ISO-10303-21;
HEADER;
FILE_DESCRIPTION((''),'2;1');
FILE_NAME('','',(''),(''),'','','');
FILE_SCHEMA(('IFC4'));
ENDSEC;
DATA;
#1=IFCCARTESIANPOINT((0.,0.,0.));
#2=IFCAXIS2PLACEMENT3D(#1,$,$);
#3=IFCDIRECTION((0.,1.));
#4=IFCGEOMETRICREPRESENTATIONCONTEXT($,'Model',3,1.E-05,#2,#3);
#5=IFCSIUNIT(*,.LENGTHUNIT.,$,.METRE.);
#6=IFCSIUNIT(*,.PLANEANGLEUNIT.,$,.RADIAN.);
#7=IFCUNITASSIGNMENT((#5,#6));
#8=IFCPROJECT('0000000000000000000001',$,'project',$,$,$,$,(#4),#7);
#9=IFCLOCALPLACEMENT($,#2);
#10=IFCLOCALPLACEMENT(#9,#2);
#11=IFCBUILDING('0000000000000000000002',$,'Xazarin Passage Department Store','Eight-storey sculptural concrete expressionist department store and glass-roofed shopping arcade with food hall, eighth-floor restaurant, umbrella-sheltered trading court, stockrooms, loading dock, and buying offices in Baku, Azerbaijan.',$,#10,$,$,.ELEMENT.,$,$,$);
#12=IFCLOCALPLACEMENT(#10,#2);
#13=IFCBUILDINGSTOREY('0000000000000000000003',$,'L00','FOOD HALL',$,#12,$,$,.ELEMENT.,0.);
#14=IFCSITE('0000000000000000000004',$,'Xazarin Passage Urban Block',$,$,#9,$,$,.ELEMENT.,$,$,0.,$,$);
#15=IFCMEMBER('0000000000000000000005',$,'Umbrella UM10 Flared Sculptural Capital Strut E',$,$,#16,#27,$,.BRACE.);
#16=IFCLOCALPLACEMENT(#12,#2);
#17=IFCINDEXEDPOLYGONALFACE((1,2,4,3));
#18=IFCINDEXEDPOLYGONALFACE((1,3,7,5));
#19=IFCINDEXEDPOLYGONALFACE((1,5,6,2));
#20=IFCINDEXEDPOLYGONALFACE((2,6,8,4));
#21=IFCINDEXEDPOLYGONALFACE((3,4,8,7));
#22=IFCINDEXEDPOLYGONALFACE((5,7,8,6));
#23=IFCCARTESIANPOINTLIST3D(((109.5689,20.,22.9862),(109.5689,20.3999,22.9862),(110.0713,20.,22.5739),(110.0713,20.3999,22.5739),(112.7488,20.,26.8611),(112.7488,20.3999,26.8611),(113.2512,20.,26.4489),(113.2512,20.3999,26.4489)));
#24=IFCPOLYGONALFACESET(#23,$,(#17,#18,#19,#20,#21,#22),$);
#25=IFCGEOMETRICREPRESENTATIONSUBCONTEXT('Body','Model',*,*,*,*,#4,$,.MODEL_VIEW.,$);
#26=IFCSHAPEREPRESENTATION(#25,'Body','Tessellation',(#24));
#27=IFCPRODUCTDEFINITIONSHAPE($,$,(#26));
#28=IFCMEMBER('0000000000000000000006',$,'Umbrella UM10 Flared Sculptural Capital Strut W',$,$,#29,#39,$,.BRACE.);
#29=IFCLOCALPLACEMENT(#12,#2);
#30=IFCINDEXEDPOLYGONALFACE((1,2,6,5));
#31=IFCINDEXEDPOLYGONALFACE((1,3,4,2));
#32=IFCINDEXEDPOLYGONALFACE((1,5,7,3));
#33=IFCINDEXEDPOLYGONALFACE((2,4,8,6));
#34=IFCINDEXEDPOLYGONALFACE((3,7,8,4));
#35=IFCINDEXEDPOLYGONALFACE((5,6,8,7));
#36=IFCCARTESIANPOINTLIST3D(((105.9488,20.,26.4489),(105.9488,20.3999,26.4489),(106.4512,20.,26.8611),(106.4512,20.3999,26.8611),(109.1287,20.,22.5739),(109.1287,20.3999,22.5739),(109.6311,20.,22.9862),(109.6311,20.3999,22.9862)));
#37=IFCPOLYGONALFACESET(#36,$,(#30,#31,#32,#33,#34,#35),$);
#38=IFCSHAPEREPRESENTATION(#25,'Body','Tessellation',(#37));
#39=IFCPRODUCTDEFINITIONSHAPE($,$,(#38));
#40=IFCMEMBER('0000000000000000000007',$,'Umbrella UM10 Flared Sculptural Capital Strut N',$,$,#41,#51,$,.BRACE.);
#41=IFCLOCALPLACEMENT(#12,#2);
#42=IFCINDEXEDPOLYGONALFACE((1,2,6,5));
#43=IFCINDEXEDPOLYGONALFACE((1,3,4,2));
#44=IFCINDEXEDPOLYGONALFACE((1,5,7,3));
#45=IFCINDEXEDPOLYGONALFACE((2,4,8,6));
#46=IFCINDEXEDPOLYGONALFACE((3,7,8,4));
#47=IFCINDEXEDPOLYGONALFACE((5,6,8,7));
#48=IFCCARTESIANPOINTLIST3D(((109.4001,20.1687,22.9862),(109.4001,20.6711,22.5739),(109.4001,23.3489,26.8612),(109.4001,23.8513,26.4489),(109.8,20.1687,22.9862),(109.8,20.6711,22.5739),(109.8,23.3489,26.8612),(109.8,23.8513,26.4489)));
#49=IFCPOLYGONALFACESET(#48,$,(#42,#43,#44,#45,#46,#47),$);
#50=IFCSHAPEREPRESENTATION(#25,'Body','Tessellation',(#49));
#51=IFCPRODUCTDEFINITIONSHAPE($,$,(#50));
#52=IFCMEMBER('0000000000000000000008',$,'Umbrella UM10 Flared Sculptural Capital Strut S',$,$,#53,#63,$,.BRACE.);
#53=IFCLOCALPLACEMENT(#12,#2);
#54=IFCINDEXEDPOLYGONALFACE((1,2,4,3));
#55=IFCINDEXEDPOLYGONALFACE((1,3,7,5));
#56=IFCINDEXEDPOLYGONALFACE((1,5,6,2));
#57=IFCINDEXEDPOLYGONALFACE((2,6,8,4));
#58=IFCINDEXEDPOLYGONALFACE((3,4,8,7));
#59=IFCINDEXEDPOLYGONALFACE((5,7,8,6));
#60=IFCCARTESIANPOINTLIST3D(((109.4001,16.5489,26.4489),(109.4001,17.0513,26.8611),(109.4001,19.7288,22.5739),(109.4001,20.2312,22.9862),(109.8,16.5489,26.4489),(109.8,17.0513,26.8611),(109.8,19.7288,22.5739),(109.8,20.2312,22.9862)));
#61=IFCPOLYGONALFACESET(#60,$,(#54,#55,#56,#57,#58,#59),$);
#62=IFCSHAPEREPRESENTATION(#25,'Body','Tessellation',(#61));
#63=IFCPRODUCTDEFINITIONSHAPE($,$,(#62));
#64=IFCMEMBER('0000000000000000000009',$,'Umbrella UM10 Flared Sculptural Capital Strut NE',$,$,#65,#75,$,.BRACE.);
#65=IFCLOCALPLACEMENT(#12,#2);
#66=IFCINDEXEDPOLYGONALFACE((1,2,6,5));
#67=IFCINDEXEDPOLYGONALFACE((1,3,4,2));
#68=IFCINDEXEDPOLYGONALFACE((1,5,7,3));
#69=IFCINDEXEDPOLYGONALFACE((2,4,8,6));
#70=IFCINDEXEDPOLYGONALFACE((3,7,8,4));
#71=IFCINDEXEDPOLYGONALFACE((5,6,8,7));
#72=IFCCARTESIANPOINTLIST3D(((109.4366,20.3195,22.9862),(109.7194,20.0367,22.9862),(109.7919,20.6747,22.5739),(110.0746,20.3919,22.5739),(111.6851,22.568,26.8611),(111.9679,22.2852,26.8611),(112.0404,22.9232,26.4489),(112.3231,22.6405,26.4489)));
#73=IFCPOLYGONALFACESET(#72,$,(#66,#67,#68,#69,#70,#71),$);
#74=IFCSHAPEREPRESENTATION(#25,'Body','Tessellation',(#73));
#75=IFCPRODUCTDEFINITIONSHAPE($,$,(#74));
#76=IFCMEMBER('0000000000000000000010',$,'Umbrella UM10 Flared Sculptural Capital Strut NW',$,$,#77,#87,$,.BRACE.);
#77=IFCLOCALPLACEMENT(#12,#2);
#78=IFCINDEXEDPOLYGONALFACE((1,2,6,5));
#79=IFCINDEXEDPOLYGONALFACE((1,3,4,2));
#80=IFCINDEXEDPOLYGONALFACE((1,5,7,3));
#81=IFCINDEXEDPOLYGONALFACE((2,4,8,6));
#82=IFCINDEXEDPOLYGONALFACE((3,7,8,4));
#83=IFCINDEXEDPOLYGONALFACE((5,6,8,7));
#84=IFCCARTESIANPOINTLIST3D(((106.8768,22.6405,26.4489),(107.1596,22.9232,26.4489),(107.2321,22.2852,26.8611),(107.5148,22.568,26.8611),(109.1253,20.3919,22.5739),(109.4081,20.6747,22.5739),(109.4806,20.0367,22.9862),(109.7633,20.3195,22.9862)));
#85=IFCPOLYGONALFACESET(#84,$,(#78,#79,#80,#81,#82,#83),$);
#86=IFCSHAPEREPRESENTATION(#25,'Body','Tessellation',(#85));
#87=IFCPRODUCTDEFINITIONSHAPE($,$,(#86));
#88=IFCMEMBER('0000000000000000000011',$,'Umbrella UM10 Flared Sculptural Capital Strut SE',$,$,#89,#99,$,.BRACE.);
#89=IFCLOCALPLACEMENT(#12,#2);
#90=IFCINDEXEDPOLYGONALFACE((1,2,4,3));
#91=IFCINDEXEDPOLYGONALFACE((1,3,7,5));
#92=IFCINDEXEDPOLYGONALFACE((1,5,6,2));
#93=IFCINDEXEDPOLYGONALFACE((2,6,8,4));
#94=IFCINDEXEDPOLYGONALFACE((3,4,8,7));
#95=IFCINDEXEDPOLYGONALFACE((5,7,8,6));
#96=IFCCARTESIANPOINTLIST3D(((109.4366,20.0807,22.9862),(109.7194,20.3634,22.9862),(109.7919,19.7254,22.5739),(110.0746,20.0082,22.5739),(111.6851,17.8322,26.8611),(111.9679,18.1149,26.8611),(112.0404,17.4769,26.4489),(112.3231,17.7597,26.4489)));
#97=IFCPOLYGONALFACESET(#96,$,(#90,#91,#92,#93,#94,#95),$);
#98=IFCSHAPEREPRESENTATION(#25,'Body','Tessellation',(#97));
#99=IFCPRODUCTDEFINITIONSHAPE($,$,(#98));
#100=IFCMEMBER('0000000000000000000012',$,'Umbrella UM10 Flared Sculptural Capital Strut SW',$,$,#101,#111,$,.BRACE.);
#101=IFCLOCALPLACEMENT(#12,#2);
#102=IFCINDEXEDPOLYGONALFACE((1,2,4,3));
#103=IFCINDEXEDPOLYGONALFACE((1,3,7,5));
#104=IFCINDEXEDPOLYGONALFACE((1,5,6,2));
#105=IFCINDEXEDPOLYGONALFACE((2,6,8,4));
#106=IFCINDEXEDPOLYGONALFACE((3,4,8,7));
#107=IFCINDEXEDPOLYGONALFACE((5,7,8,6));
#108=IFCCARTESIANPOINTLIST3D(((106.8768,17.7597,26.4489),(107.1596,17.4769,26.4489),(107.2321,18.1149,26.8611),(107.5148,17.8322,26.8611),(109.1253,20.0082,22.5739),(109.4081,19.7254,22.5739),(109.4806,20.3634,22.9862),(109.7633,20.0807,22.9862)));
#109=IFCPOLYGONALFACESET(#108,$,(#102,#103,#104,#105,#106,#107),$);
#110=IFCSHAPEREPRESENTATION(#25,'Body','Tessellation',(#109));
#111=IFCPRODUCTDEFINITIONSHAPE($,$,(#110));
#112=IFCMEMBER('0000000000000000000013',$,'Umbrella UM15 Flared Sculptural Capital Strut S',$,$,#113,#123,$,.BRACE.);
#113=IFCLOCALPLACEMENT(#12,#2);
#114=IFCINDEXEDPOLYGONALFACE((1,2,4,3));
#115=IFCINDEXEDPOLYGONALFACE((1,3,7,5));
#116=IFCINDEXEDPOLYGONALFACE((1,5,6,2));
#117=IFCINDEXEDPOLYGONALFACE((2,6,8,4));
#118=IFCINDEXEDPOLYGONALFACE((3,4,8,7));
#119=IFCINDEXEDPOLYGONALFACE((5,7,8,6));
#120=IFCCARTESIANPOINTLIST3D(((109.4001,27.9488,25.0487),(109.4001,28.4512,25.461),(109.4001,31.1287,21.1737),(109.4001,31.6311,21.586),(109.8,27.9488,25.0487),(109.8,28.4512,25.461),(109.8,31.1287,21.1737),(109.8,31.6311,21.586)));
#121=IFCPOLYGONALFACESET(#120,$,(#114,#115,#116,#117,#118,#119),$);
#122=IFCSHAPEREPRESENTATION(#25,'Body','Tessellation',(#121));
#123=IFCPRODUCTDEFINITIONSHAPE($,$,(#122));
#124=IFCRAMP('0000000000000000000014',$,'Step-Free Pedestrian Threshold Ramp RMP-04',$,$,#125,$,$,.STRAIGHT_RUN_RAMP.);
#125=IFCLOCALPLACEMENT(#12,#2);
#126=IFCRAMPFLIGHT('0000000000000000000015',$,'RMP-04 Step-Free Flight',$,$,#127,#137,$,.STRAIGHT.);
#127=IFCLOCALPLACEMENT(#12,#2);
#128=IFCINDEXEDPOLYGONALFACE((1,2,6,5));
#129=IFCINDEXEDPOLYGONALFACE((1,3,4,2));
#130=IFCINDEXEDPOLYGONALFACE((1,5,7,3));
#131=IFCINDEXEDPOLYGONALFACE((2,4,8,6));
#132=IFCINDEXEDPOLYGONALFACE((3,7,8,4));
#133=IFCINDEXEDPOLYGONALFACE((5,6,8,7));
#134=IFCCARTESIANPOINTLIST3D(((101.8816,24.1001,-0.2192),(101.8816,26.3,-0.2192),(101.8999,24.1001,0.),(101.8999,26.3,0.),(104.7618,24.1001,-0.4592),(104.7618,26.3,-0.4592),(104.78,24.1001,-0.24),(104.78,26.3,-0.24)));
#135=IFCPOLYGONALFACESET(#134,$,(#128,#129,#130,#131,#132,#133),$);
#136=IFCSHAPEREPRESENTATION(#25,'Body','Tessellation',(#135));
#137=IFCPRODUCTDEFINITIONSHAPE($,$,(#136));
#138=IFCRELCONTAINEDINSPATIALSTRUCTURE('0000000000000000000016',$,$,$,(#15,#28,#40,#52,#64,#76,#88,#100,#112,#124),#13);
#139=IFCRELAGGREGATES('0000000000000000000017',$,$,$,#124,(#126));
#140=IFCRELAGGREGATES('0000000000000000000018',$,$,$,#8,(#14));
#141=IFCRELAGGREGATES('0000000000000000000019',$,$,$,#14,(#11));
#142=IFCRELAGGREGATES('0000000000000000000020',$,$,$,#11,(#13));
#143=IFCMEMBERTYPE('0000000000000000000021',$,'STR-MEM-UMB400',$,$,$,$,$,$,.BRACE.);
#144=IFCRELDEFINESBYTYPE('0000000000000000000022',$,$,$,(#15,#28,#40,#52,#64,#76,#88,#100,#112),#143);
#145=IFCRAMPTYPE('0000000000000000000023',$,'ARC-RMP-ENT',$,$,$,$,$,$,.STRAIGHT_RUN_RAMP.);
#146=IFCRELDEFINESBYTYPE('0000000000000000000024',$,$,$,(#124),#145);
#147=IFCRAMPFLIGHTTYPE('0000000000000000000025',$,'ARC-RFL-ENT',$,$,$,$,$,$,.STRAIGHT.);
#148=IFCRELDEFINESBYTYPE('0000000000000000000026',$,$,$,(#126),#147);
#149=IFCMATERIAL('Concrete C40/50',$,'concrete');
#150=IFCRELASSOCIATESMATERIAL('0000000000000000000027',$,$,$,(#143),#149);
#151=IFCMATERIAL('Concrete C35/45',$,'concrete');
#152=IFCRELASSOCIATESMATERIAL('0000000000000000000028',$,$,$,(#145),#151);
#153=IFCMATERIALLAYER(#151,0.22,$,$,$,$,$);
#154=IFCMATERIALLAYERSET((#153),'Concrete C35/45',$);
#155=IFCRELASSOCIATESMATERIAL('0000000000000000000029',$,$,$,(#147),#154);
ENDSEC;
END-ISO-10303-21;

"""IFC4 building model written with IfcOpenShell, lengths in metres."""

from ifc_helpers import new_model, si_unit, direction, frame, origin, origin_2d, place, context, subcontext, project, spatial, polyline, rectangle, outline, extrude, material, layer, layer_set, material_profile, profile_set, type_object, element, aggregate, save


model = new_model("IFC4")

# Units and contexts
model_context = context("Model", 3, precision=1e-05, world=origin(), true_north=direction((0.0, 1.0)))
body_context = subcontext(model_context, "Body", "Model", "MODEL_VIEW")
ifc_project = project(units=[si_unit("LENGTHUNIT", "METRE"), si_unit("PLANEANGLEUNIT", "RADIAN")], contexts=[model_context])

# Site, building, storey
site_placement = place(None, origin())
site = spatial("IfcSite", under=ifc_project, at=site_placement, Name="Xazarin Passage Urban Block", CompositionType="ELEMENT", RefElevation=0.0)
building_placement = place(site_placement, origin())
building = spatial("IfcBuilding", under=site, at=building_placement, Name="Xazarin Passage Department Store", Description="Eight-storey sculptural concrete expressionist department store and glass-roofed shopping arcade with food hall, eighth-floor restaurant, umbrella-sheltered trading court, stockrooms, loading dock, and buying offices in Baku, Azerbaijan.", CompositionType="ELEMENT")
storey_placement = place(building_placement, origin())
storey = spatial("IfcBuildingStorey", under=building, at=storey_placement, Name="L00", Description="FOOD HALL", CompositionType="ELEMENT", Elevation=0.0)

# Shared definitions
ifc_material_1 = material(Name="Concrete C35/45", Category="concrete")

# Shared definitions
ifc_material_2 = material(Name="Concrete C40/50", Category="concrete")

# Members
ifc_material_profile_1 = material_profile(ifc_material_2, rectangle(XDim=0.3999, YDim=0.6499, at=origin_2d()), Name="RC 400x650")
ifc_profile_set_1 = profile_set([ifc_material_profile_1], Name="Concrete C40/50")
member_type = type_object("IfcMemberType", Name="STR-MEM-UMB400", PredefinedType="BRACE", material=ifc_profile_set_1)
for number, where, z_axis, x_axis, name in (
    (1, (109.8201, 20.2, 22.78), (0.63437, 0.0, 0.77303), (0.0, 1.0, 0.0), "Umbrella UM10 Flared Sculptural Capital Strut E"),
    (2, (109.3799, 20.2, 22.78), (-0.63437, 0.0, 0.77303), (0.0, -1.0, 0.0), "Umbrella UM10 Flared Sculptural Capital Strut W"),
):
    element("IfcMember", number, at=place(storey_placement, frame(where, z_axis=z_axis, x_axis=x_axis)), inside=storey, type_object=member_type, Name=name, PredefinedType="BRACE", context=body_context, shape_type="SweptSolid", body=[
        extrude(rectangle(XDim=0.3999, YDim=0.6499, at=origin_2d()), origin(), (0.0, 0.0, 1.0), 5.0127),
    ])
member_placement = place(storey_placement, frame((109.6001, 20.4199, 22.78), z_axis=(0.0, 0.634399, 0.773006), x_axis=(-1.0, 0.0, 0.0)))
element("IfcMember", 3, at=member_placement, inside=storey, type_object=member_type, Name="Umbrella UM10 Flared Sculptural Capital Strut N", PredefinedType="BRACE", context=body_context, shape_type="SweptSolid", body=[
    extrude(rectangle(XDim=0.3999, YDim=0.6499, at=origin_2d()), origin(), (0.0, 0.0, 1.0), 5.0129),
])
for number, where, z_axis, x_axis, name in (
    (4, (109.6001, 19.98, 22.78), (0.0, -0.63437, 0.77303), (1.0, 0.0, 0.0), "Umbrella UM10 Flared Sculptural Capital Strut S"),
    (5, (109.7556, 20.3557, 22.78), (0.448565, 0.448565, 0.773032), (-0.707107, 0.707107, 0.0), "Umbrella UM10 Flared Sculptural Capital Strut NE"),
    (6, (109.4443, 20.3557, 22.78), (-0.448565, 0.448565, 0.773032), (-0.707107, -0.707107, 0.0), "Umbrella UM10 Flared Sculptural Capital Strut NW"),
    (7, (109.7556, 20.0444, 22.78), (0.448565, -0.448565, 0.773032), (0.707107, 0.707107, 0.0), "Umbrella UM10 Flared Sculptural Capital Strut SE"),
    (8, (109.4443, 20.0444, 22.78), (-0.448565, -0.448565, 0.773032), (0.707107, -0.707107, 0.0), "Umbrella UM10 Flared Sculptural Capital Strut SW"),
    (9, (109.6001, 31.3799, 21.3799), (0.0, -0.63437, 0.77303), (1.0, 0.0, 0.0), "Umbrella UM15 Flared Sculptural Capital Strut S"),
):
    element("IfcMember", number, at=place(storey_placement, frame(where, z_axis=z_axis, x_axis=x_axis)), inside=storey, type_object=member_type, Name=name, PredefinedType="BRACE", context=body_context, shape_type="SweptSolid", body=[
        extrude(rectangle(XDim=0.3999, YDim=0.6499, at=origin_2d()), origin(), (0.0, 0.0, 1.0), 5.0127),
    ])

# Ramp, ramp flight
ramp_type = type_object("IfcRampType", Name="ARC-RMP-ENT", PredefinedType="STRAIGHT_RUN_RAMP", material=ifc_material_1)
ramp_placement = place(storey_placement, origin())
ramp = element("IfcRamp", 10, at=ramp_placement, inside=storey, type_object=ramp_type, Name="Step-Free Pedestrian Threshold Ramp RMP-04", PredefinedType="STRAIGHT_RUN_RAMP")
ifc_layer = layer(ifc_material_1, 0.22)
ifc_layer_set = layer_set([ifc_layer], Name="Concrete C35/45")
ramp_flight_type = type_object("IfcRampFlightType", Name="ARC-RFL-ENT", PredefinedType="STRAIGHT", material=ifc_layer_set)
ramp_flight_placement = place(storey_placement, frame((104.78, 24.1001, -0.24), z_axis=(0.083038, 0.0, 0.996546), x_axis=(0.0, 1.0, 0.0)))
ramp_flight = element("IfcRampFlight", 11, at=ramp_flight_placement, type_object=ramp_flight_type, Name="RMP-04 Step-Free Flight", PredefinedType="STRAIGHT", context=body_context, shape_type="SweptSolid", body=[
    extrude(outline(polyline([(0.0, 0.0), (2.2, 0.0), (2.2, 2.8901), (0.0, 2.8901), (0.0, 0.0)])), origin(), (0.0, 0.0, -1.0), 0.22),
])
aggregate(ramp, [ramp_flight])

save(model, "model.ifc")
